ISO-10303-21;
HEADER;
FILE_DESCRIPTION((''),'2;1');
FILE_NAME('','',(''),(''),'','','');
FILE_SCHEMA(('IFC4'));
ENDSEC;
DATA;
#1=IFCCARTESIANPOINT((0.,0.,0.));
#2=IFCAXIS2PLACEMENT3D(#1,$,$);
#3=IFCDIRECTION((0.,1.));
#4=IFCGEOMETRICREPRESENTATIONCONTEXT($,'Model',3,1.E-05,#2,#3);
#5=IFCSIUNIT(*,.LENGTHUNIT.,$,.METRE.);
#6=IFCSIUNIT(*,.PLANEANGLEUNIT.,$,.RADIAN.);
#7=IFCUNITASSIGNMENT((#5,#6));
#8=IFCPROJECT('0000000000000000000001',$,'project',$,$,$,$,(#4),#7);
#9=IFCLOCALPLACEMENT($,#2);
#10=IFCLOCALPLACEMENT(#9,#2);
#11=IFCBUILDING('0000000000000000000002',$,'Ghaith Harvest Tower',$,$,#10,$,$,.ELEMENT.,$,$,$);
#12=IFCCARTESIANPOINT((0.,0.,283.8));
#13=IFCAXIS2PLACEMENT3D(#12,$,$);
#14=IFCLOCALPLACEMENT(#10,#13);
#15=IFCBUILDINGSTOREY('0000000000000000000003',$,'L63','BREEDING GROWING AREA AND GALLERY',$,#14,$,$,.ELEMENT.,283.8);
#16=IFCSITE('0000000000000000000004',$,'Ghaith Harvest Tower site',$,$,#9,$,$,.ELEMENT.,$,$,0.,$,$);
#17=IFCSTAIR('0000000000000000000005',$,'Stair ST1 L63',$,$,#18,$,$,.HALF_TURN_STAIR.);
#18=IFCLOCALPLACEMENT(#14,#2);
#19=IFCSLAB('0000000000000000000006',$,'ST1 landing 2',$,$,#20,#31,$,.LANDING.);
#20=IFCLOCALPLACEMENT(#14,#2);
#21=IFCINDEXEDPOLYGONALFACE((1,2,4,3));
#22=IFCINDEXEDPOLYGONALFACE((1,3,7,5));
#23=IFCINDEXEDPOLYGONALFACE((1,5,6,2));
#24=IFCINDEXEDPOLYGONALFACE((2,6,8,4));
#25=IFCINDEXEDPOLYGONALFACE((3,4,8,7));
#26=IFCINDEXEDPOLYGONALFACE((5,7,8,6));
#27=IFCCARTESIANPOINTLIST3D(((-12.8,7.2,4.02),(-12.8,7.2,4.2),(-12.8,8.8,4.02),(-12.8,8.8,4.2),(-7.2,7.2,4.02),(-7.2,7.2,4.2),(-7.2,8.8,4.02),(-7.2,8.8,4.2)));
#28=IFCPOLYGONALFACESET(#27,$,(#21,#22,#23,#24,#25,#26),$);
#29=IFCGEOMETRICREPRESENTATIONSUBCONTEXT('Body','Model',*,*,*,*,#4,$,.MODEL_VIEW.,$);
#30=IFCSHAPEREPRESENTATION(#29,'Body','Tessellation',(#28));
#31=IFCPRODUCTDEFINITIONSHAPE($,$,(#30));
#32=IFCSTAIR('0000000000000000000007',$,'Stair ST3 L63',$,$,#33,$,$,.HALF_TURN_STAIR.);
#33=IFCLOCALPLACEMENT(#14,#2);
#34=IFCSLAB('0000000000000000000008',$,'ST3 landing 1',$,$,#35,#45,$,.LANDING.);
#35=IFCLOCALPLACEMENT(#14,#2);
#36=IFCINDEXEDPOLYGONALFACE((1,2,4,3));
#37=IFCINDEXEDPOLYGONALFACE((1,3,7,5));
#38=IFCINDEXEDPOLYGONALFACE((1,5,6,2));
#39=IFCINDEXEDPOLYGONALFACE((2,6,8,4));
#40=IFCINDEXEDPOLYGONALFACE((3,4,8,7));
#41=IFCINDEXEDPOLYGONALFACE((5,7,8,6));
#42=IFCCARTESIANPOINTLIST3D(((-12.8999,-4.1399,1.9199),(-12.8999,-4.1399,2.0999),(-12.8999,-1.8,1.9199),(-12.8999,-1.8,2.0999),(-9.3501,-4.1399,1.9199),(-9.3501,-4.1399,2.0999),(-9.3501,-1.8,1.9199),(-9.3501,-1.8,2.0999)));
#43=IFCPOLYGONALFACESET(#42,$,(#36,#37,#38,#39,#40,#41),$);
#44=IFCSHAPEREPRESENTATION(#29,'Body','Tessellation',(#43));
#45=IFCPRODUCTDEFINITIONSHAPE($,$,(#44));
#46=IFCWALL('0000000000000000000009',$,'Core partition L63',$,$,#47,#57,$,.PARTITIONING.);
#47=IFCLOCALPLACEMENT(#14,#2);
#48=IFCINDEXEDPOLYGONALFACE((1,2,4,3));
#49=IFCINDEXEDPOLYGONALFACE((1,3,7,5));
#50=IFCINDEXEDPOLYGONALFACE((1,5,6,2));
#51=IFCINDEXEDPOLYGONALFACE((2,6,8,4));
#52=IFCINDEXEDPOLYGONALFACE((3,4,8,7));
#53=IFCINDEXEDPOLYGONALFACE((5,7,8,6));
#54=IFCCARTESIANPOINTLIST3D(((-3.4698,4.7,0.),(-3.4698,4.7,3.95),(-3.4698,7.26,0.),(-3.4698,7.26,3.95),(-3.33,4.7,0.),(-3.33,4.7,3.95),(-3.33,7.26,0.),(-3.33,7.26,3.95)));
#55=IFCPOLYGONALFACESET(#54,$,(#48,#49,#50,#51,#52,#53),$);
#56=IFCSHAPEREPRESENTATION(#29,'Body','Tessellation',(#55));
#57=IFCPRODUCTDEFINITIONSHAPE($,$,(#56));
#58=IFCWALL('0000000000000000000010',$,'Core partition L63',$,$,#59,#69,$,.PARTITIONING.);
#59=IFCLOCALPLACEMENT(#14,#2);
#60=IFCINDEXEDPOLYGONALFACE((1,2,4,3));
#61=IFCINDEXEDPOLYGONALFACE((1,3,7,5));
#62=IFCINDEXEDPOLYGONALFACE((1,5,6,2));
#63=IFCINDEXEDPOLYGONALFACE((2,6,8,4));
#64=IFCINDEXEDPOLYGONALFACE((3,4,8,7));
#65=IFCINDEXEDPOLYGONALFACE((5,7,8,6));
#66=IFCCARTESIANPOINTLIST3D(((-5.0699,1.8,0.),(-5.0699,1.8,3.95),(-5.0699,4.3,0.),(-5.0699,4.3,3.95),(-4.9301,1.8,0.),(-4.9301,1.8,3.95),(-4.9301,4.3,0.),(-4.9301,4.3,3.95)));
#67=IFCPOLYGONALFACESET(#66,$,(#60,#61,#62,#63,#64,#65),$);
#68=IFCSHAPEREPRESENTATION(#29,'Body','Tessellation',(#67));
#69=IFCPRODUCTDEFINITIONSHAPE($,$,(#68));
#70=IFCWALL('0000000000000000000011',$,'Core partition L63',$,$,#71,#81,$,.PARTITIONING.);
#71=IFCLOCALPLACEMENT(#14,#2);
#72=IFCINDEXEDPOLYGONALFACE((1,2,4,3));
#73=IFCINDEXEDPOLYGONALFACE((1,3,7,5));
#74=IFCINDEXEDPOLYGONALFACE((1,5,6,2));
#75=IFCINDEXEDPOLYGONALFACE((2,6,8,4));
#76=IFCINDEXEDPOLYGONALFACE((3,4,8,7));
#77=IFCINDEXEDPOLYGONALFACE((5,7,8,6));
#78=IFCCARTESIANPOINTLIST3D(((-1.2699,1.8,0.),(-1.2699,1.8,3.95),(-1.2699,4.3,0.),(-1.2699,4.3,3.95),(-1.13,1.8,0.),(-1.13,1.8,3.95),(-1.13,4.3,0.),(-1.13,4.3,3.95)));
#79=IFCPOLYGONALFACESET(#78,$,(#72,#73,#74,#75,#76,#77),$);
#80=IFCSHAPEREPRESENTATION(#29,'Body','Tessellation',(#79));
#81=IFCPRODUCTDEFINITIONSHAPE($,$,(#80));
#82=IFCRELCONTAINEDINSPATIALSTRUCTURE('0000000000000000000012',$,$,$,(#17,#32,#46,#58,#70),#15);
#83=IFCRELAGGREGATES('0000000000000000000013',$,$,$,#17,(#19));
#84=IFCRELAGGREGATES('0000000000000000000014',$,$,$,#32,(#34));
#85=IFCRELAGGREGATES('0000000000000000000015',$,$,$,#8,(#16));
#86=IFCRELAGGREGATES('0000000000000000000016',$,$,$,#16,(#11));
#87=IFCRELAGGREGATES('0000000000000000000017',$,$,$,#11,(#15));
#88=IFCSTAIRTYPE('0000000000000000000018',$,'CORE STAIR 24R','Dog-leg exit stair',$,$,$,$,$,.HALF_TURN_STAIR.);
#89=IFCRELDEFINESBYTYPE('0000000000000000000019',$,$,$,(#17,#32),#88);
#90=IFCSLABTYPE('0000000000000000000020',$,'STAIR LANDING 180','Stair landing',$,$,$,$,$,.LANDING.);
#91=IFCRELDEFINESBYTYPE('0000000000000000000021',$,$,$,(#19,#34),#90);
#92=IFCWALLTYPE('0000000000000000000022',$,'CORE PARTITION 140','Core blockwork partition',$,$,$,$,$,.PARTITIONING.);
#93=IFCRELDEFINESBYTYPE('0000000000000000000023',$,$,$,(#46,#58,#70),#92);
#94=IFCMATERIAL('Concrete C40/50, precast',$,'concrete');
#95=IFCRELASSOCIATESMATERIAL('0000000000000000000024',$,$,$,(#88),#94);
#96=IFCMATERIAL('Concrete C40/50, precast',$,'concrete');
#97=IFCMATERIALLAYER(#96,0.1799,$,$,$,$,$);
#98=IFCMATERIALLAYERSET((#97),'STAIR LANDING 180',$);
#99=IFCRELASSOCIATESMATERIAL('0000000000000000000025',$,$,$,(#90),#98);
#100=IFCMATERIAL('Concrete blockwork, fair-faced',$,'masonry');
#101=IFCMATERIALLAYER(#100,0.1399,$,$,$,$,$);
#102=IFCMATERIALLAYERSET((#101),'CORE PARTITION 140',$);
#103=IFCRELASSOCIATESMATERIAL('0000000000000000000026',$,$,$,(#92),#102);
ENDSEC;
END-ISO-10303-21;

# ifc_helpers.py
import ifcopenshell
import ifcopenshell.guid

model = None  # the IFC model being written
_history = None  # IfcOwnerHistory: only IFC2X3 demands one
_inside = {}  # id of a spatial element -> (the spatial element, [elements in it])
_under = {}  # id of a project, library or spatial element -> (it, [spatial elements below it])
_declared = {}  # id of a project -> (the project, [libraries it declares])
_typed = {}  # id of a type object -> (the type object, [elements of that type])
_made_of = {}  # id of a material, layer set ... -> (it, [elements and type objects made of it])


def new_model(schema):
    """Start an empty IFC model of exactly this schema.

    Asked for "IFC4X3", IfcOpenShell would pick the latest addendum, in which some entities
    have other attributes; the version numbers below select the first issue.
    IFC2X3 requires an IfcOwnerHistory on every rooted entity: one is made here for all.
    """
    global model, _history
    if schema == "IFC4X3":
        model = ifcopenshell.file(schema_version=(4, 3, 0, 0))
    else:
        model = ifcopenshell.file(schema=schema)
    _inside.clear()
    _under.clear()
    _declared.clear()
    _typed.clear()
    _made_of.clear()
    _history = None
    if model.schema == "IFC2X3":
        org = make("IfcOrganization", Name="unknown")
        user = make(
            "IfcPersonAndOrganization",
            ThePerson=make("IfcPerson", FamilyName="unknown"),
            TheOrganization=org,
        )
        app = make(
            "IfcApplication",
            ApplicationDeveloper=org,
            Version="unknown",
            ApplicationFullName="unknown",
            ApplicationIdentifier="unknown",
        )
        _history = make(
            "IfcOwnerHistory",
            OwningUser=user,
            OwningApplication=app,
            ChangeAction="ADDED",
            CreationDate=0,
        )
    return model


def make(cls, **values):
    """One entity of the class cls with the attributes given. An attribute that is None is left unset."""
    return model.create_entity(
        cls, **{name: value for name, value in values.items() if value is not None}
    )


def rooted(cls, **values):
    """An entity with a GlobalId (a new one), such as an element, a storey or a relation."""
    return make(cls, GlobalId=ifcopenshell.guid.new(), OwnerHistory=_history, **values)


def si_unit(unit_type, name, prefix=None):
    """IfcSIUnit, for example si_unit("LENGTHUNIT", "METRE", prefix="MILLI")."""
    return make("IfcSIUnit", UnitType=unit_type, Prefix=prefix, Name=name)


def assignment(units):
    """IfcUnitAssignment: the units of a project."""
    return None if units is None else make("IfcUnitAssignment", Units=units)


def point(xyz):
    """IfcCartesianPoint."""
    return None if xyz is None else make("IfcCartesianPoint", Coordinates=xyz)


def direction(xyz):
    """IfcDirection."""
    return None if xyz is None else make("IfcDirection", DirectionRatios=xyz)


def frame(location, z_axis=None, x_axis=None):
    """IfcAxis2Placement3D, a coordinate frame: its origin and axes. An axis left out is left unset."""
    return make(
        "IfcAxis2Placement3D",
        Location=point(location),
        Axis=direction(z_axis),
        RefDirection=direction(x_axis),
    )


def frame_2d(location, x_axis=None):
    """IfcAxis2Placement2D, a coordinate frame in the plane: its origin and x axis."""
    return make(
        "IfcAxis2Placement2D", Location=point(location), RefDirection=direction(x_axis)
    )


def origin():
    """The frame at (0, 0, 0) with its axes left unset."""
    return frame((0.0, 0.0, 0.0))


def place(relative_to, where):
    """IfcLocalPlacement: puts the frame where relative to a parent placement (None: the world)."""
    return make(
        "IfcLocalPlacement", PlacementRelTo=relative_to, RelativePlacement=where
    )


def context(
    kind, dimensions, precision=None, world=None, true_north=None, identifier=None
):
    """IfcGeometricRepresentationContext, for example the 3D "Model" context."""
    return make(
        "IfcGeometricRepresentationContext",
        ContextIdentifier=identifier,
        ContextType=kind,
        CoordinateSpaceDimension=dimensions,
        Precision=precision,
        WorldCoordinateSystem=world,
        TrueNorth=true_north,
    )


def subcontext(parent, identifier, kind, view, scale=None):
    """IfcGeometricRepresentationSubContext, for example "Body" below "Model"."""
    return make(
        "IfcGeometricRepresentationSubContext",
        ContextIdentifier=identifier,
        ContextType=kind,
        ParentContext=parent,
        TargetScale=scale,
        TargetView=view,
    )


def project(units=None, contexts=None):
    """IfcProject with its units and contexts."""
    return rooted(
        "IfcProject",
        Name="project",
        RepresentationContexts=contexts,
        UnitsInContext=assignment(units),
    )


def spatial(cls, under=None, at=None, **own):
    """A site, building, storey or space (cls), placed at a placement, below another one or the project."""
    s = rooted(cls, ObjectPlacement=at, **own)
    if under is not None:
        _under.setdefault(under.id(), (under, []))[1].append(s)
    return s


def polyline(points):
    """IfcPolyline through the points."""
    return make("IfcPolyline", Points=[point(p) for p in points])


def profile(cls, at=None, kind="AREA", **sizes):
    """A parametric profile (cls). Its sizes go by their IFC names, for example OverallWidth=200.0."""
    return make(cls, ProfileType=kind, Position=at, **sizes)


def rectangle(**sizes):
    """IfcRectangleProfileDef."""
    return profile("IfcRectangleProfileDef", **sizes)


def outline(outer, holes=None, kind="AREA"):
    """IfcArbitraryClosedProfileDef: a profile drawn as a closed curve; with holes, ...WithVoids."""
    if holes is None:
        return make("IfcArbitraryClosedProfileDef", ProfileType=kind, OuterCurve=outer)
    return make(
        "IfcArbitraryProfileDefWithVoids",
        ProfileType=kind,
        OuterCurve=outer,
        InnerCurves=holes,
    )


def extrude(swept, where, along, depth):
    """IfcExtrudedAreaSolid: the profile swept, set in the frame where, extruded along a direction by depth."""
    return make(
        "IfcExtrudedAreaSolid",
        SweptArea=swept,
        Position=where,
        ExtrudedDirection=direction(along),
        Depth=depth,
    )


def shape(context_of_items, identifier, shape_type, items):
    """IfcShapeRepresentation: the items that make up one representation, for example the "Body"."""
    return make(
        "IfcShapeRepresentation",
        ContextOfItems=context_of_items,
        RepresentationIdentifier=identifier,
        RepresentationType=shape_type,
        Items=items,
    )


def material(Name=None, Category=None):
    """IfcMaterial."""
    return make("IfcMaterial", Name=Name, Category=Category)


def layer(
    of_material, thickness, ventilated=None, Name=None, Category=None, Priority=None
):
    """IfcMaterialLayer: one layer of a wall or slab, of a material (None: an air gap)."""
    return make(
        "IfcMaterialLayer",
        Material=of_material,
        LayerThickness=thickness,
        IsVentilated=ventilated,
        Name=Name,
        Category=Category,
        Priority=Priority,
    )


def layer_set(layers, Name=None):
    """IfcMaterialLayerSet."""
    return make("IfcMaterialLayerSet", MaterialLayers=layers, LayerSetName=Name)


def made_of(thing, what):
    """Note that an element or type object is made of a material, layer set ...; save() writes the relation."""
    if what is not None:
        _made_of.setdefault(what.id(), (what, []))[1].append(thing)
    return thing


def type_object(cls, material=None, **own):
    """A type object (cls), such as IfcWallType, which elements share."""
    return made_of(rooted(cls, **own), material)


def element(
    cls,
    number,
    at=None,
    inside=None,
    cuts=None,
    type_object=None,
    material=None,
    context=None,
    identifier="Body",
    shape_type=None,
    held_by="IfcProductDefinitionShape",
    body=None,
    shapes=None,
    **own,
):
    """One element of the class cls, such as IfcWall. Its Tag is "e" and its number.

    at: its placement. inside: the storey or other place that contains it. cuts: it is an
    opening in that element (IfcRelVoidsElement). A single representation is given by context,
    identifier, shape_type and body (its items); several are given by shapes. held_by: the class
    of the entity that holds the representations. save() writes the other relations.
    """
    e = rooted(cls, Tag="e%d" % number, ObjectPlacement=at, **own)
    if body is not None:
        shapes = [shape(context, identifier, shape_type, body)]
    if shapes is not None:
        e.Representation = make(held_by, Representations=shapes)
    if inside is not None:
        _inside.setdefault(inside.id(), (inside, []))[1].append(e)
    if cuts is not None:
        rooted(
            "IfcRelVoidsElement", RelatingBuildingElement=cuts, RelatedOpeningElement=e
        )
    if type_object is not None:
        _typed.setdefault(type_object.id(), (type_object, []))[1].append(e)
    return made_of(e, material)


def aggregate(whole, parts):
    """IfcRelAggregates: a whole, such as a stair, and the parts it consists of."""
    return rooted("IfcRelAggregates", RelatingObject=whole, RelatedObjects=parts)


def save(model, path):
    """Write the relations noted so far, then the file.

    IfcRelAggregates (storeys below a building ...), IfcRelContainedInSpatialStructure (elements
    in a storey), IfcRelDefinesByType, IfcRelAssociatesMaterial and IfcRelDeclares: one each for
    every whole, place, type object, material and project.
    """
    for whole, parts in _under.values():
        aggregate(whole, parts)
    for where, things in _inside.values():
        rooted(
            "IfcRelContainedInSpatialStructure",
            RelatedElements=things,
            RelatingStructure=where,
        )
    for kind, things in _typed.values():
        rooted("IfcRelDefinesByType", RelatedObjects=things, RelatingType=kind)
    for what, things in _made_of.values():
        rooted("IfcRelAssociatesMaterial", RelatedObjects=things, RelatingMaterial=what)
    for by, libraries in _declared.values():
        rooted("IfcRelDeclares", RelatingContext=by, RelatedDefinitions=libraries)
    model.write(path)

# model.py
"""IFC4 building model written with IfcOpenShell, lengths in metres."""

from ifc_helpers import new_model, si_unit, direction, frame, frame_2d, origin, place, context, subcontext, project, spatial, polyline, rectangle, outline, extrude, material, layer, layer_set, type_object, element, aggregate, save


model = new_model("IFC4")

# Units and contexts
model_context = context("Model", 3, precision=1e-05, world=origin(), true_north=direction((0.0, 1.0)))
body_context = subcontext(model_context, "Body", "Model", "MODEL_VIEW")
ifc_project = project(units=[si_unit("LENGTHUNIT", "METRE"), si_unit("PLANEANGLEUNIT", "RADIAN")], contexts=[model_context])

# Site, building, storey
site_placement = place(None, origin())
site = spatial("IfcSite", under=ifc_project, at=site_placement, Name="Ghaith Harvest Tower site", CompositionType="ELEMENT", RefElevation=0.0)
building_placement = place(site_placement, origin())
building = spatial("IfcBuilding", under=site, at=building_placement, Name="Ghaith Harvest Tower", CompositionType="ELEMENT")
storey_placement = place(building_placement, frame((0.0, 0.0, 283.8)))
storey = spatial("IfcBuildingStorey", under=building, at=storey_placement, Name="L63", Description="BREEDING GROWING AREA AND GALLERY", CompositionType="ELEMENT", Elevation=283.8)

# Stair, slab
ifc_material_1 = material(Name="Concrete C40/50, precast", Category="concrete")
stair_type = type_object("IfcStairType", Name="CORE STAIR 24R", Description="Dog-leg exit stair", PredefinedType="HALF_TURN_STAIR", material=ifc_material_1)
stair_1_placement = place(storey_placement, origin())
stair_1 = element("IfcStair", 1, at=stair_1_placement, inside=storey, type_object=stair_type, Name="Stair ST1 L63", PredefinedType="HALF_TURN_STAIR")
ifc_material_2 = material(Name="Concrete C40/50, precast", Category="concrete")
ifc_layer_1 = layer(ifc_material_2, 0.1799)
ifc_layer_set_1 = layer_set([ifc_layer_1], Name="STAIR LANDING 180")
slab_type_1 = type_object("IfcSlabType", Name="STAIR LANDING 180", Description="Stair landing", PredefinedType="LANDING", material=ifc_layer_set_1)
slab_1_placement = place(storey_placement, frame((0.0, 0.0, 4.02)))
slab_1 = element("IfcSlab", 2, at=slab_1_placement, type_object=slab_type_1, Name="ST1 landing 2", PredefinedType="LANDING", context=body_context, shape_type="SweptSolid", body=[
    extrude(outline(polyline([(-12.8, 8.8), (-12.8, 7.2), (-7.2, 7.2), (-7.2, 8.8), (-12.8, 8.8)])), origin(), (0.0, 0.0, 1.0), 0.1799),
])
aggregate(stair_1, [slab_1])

# Stair, slab
stair_2_placement = place(storey_placement, origin())
stair_2 = element("IfcStair", 3, at=stair_2_placement, inside=storey, type_object=stair_type, Name="Stair ST3 L63", PredefinedType="HALF_TURN_STAIR")
slab_2_placement = place(storey_placement, frame((0.0, 0.0, 1.9199)))
slab_2 = element("IfcSlab", 4, at=slab_2_placement, type_object=slab_type_1, Name="ST3 landing 1", PredefinedType="LANDING", context=body_context, shape_type="SweptSolid", body=[
    extrude(outline(polyline([(-12.8999, -4.1399), (-12.8999, -1.8), (-9.3501, -1.8), (-9.3501, -4.1399), (-12.8999, -4.1399)])), origin(), (0.0, 0.0, 1.0), 0.1799),
])
aggregate(stair_2, [slab_2])

# Walls
ifc_material_3 = material(Name="Concrete blockwork, fair-faced", Category="masonry")
ifc_layer_2 = layer(ifc_material_3, 0.1399)
ifc_layer_set_2 = layer_set([ifc_layer_2], Name="CORE PARTITION 140")
wall_type = type_object("IfcWallType", Name="CORE PARTITION 140", Description="Core blockwork partition", PredefinedType="PARTITIONING", material=ifc_layer_set_2)
wall_placement = place(storey_placement, frame((-3.3999, 4.7, 0.0), z_axis=(0.0, 0.0, 1.0), x_axis=(0.0, 1.0, 0.0)))
element("IfcWall", 5, at=wall_placement, inside=storey, type_object=wall_type, Name="Core partition L63", PredefinedType="PARTITIONING", context=body_context, shape_type="SweptSolid", body=[
    extrude(rectangle(XDim=2.5601, YDim=0.1399, at=frame_2d((1.28, 0.0))), origin(), (0.0, 0.0, 1.0), 3.95),
])
for number, where, z_axis, x_axis, name in (
    (6, (-5.0, 1.8, 0.0), (0.0, 0.0, 1.0), (0.0, 1.0, 0.0), "Core partition L63"),
    (7, (-1.2, 1.8, 0.0), (0.0, 0.0, 1.0), (0.0, 1.0, 0.0), "Core partition L63"),
):
    element("IfcWall", number, at=place(storey_placement, frame(where, z_axis=z_axis, x_axis=x_axis)), inside=storey, type_object=wall_type, Name=name, PredefinedType="PARTITIONING", context=body_context, shape_type="SweptSolid", body=[
        extrude(rectangle(XDim=2.5, YDim=0.1399, at=frame_2d((1.25, 0.0))), origin(), (0.0, 0.0, 1.0), 3.95),
    ])

save(model, "model.ifc")
